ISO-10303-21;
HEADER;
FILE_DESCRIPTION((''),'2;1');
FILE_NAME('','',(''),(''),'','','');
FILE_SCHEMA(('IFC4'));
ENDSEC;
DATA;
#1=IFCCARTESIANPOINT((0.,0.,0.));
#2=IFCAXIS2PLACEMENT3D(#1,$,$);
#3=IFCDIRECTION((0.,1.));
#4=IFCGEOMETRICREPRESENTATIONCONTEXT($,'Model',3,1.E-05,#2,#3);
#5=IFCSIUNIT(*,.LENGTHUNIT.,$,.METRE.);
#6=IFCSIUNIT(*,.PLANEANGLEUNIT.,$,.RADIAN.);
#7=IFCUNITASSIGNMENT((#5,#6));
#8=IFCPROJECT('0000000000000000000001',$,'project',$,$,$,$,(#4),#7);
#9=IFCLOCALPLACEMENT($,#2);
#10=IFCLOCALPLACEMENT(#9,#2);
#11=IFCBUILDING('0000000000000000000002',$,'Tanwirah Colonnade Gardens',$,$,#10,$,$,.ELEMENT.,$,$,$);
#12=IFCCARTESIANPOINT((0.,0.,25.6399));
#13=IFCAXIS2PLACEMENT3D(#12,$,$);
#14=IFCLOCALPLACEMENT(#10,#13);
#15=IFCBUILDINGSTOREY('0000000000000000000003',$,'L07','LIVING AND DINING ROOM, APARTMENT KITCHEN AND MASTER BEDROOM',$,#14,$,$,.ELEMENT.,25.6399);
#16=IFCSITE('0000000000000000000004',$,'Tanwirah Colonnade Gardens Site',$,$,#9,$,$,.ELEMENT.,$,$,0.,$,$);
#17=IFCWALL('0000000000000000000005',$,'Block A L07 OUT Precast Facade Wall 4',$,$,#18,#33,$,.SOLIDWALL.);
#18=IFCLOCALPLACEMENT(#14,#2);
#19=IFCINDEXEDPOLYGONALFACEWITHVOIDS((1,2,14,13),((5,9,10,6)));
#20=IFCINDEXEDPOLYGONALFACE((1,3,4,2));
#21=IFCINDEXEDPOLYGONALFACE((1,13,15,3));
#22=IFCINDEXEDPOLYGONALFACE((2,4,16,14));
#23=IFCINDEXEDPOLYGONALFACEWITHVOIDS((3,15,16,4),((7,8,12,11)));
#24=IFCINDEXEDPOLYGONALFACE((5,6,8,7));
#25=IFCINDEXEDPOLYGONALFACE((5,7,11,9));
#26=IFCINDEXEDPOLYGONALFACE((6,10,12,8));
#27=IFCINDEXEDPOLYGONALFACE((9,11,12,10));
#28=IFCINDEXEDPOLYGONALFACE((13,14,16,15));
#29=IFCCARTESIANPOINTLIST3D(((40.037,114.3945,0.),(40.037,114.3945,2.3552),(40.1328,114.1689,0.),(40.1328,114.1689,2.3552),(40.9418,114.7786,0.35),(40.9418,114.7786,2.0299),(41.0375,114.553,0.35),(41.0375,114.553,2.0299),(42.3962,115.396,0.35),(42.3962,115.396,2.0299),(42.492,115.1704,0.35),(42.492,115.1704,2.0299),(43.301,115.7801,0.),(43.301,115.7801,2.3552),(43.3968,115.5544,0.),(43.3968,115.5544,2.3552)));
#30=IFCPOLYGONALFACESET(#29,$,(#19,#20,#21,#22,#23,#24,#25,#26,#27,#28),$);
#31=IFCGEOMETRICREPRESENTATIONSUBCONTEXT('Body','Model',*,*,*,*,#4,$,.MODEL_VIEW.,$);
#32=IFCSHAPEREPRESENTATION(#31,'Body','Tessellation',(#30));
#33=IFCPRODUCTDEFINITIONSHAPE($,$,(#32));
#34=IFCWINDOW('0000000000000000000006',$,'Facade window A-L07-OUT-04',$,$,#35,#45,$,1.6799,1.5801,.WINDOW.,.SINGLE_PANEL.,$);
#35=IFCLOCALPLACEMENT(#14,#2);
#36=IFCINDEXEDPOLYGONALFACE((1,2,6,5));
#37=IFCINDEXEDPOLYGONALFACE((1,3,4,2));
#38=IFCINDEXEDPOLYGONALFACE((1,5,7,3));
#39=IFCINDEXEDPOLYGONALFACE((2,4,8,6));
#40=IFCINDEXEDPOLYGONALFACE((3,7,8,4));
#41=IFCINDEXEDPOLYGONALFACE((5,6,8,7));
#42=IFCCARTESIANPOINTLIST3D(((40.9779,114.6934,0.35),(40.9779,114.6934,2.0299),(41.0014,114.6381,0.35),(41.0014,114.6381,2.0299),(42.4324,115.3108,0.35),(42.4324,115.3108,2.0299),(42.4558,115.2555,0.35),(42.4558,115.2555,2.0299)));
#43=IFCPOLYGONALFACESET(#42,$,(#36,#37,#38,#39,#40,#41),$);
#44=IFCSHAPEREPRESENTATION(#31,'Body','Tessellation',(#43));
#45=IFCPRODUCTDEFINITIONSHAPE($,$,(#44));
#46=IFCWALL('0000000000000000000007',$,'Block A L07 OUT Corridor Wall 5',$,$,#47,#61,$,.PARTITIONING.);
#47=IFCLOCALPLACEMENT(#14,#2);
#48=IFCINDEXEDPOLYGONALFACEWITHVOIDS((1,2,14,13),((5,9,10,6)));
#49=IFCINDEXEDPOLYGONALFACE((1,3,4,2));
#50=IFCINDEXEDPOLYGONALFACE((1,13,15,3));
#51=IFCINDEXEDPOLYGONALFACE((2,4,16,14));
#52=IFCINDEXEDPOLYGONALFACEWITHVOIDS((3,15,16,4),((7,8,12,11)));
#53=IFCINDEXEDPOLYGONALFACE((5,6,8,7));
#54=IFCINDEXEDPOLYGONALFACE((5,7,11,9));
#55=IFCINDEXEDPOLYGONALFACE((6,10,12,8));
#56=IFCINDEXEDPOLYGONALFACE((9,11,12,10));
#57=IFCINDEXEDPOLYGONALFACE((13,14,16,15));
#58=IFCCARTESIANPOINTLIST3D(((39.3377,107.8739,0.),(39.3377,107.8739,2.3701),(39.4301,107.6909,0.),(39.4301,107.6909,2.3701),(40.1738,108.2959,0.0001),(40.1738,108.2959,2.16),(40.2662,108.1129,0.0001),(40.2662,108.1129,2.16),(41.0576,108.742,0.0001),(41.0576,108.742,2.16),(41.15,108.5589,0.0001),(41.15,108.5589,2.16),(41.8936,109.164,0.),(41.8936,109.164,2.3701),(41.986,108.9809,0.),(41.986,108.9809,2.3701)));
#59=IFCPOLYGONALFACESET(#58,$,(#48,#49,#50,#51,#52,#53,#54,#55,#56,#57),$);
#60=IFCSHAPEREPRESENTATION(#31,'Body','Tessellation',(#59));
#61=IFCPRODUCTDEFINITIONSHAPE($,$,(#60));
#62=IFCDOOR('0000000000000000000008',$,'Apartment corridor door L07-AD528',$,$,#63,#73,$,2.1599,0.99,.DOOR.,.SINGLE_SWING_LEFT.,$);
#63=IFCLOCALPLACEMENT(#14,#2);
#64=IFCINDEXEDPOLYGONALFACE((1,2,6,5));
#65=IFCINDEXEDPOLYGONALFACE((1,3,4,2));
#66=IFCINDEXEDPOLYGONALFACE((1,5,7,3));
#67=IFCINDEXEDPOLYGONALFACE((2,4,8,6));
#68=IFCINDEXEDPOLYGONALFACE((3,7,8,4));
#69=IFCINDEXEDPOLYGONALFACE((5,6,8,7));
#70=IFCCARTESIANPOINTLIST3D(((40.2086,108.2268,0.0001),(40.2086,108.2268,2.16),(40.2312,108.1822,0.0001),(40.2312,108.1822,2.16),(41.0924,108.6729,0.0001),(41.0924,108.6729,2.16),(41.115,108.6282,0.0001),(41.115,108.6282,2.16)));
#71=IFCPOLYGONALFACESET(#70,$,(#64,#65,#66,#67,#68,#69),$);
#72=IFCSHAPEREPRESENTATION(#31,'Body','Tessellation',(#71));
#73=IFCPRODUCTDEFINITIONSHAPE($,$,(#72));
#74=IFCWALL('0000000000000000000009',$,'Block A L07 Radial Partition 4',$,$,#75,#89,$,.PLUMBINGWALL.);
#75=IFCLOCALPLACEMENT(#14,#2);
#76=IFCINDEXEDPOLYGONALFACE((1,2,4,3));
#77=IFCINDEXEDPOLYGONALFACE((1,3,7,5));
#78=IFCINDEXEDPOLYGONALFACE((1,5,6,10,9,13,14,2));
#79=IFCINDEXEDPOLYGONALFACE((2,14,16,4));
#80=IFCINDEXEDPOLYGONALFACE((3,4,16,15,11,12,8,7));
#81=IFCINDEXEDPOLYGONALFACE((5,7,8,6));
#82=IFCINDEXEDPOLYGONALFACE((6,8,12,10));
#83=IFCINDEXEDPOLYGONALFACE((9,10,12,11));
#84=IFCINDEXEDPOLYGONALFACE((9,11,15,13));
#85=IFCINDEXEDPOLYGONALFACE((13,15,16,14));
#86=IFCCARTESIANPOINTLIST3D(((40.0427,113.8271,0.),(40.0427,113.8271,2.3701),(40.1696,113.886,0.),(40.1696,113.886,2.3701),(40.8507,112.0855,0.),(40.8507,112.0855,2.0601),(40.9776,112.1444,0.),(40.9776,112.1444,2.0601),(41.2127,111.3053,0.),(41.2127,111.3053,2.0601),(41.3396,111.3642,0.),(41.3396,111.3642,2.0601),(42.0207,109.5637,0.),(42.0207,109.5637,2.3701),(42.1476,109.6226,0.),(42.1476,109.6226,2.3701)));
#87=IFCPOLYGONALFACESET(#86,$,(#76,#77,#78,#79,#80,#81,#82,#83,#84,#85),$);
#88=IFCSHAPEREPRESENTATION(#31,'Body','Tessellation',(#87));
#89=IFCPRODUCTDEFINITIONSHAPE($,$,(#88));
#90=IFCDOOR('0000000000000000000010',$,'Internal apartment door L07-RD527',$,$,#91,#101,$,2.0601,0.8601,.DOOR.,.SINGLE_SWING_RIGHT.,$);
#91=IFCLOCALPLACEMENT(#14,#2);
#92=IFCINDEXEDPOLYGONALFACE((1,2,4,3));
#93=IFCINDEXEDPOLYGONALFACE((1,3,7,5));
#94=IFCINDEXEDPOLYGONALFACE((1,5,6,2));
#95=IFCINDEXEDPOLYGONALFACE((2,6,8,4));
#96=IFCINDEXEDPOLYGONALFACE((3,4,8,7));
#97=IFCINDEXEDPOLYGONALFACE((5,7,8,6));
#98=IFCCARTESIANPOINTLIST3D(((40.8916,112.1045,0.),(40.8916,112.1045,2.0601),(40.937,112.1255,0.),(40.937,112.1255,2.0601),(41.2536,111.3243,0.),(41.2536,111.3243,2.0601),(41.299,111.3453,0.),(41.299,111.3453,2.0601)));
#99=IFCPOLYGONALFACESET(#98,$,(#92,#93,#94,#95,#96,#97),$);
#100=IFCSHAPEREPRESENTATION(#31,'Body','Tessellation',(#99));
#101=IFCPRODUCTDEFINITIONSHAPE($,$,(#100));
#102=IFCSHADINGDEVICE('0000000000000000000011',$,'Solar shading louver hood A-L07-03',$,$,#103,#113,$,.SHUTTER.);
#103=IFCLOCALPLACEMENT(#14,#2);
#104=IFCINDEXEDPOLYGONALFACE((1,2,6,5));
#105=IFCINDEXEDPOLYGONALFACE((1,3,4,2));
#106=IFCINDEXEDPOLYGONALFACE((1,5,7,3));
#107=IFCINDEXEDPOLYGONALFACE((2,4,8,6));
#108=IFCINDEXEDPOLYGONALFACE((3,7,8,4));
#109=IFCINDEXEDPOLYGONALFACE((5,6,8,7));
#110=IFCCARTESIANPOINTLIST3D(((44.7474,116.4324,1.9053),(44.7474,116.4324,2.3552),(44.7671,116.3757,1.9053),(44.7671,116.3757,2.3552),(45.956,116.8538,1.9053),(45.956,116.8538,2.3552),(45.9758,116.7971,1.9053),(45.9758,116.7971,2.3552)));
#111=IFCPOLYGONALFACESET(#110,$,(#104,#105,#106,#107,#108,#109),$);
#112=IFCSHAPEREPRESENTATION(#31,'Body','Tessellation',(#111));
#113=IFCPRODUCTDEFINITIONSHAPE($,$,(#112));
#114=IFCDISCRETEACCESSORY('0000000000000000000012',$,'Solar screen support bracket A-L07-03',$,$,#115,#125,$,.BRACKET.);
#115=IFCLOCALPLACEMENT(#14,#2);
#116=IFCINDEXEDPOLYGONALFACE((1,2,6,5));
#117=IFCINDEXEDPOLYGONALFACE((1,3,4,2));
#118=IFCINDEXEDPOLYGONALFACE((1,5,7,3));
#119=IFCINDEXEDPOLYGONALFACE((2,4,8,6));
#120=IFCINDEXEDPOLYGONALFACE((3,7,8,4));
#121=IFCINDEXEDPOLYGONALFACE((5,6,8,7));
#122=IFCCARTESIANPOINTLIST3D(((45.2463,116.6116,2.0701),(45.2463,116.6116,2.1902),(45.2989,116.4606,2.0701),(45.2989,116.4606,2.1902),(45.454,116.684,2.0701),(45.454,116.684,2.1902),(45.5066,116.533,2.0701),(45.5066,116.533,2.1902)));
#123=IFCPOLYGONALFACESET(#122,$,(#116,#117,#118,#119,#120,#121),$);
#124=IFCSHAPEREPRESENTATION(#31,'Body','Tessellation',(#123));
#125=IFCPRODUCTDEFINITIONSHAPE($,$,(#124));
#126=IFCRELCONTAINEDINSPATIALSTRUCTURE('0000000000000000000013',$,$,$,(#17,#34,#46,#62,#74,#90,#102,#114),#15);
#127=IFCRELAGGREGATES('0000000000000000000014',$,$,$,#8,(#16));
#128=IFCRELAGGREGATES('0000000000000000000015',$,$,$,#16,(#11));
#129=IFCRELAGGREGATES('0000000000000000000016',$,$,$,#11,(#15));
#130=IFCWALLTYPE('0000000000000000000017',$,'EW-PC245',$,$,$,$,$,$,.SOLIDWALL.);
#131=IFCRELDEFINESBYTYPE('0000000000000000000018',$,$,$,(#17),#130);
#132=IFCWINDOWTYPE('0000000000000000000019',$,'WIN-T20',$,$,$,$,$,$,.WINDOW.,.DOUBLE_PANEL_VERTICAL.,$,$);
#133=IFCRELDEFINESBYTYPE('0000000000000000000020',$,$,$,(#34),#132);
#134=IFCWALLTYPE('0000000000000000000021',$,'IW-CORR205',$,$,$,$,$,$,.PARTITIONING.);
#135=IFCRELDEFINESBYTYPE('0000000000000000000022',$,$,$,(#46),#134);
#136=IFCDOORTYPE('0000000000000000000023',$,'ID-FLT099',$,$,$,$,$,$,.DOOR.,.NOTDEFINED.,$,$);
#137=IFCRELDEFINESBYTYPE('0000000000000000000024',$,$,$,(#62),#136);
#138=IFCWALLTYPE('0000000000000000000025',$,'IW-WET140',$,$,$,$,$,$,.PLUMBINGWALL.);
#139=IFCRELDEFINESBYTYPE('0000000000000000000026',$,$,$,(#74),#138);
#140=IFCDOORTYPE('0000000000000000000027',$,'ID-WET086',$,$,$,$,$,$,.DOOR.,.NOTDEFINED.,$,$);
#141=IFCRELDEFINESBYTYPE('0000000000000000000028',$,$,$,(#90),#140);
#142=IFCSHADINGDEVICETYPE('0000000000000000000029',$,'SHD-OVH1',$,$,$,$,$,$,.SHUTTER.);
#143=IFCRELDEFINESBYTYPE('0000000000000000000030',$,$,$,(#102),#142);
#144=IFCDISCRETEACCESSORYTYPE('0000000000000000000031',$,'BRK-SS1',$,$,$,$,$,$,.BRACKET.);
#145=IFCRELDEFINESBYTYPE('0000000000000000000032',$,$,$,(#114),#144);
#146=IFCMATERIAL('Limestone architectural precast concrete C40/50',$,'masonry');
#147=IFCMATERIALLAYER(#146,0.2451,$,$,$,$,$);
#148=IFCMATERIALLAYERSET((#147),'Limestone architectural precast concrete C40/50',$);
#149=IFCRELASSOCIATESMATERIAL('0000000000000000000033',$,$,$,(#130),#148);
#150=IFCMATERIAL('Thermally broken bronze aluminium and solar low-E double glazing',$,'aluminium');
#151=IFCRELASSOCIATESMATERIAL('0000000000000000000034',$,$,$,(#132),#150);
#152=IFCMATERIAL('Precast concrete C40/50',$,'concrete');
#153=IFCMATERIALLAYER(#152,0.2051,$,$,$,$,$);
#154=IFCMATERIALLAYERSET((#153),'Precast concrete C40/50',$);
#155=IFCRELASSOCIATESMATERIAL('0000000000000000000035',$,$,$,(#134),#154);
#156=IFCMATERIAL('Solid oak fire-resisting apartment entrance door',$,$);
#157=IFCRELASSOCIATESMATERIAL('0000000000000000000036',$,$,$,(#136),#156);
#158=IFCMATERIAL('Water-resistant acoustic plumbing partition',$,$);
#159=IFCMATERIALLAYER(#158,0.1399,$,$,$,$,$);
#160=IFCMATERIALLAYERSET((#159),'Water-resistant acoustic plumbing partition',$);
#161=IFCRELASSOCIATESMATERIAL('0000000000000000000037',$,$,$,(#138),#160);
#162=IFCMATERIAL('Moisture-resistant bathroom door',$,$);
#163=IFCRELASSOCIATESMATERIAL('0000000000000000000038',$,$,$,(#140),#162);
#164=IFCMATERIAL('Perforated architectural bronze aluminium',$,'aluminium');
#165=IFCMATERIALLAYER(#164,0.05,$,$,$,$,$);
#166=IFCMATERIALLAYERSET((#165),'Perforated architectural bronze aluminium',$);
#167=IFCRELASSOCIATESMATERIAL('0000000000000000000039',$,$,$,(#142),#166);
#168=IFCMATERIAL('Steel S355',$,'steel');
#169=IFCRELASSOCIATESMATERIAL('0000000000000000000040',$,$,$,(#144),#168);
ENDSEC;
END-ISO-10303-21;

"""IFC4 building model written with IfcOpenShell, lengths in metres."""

from ifc_helpers import new_model, si_unit, direction, frame, frame_2d, origin, origin_2d, place, context, subcontext, project, spatial, rectangle, extrude, material, layer, layer_set, type_object, element, fill, save


model = new_model("IFC4")

# Units and contexts
model_context = context("Model", 3, precision=1e-05, world=origin(), true_north=direction((0.0, 1.0)))
body_context = subcontext(model_context, "Body", "Model", "MODEL_VIEW")
ifc_project = project(units=[si_unit("LENGTHUNIT", "METRE"), si_unit("PLANEANGLEUNIT", "RADIAN")], contexts=[model_context])

# Site, building, storey
site_placement = place(None, origin())
site = spatial("IfcSite", under=ifc_project, at=site_placement, Name="Tanwirah Colonnade Gardens Site", CompositionType="ELEMENT", RefElevation=0.0)
building_placement = place(site_placement, origin())
building = spatial("IfcBuilding", under=site, at=building_placement, Name="Tanwirah Colonnade Gardens", CompositionType="ELEMENT")
storey_placement = place(building_placement, frame((0.0, 0.0, 25.6399)))
storey = spatial("IfcBuildingStorey", under=building, at=storey_placement, Name="L07", Description="LIVING AND DINING ROOM, APARTMENT KITCHEN AND MASTER BEDROOM", CompositionType="ELEMENT", Elevation=25.6399)

# Shared definitions
ifc_material_1 = material(Name="Precast concrete C40/50", Category="concrete")

# Wall, opening, window
ifc_material_2 = material(Name="Limestone architectural precast concrete C40/50", Category="masonry")
ifc_layer_1 = layer(ifc_material_2, 0.2451)
ifc_layer_set_1 = layer_set([ifc_layer_1], Name="Limestone architectural precast concrete C40/50")
wall_type_1 = type_object("IfcWallType", Name="EW-PC245", PredefinedType="SOLIDWALL", material=ifc_layer_set_1)
wall_1_placement = place(storey_placement, frame((43.3489, 115.6672, 0.0), z_axis=(0.0, 0.0, 1.0), x_axis=(-0.9205, -0.390743, 0.0)))
wall_1 = element("IfcWall", 1, at=wall_1_placement, inside=storey, type_object=wall_type_1, Name="Block A L07 OUT Precast Facade Wall 4", PredefinedType="SOLIDWALL", context=body_context, shape_type="SweptSolid", body=[
    extrude(rectangle(XDim=3.5459, YDim=0.2451, at=frame_2d((1.7729, 0.0))), origin(), (0.0, 0.0, 1.0), 2.3552),
])
opening_1_placement = place(wall_1_placement, frame((0.9829, 0.0, 0.3501)))
opening_1 = element("IfcOpeningElement", 2, at=opening_1_placement, cuts=wall_1, PredefinedType="OPENING", context=body_context, shape_type="SweptSolid", body=[
    extrude(rectangle(XDim=1.5801, YDim=1.6799, at=frame_2d((0.79, 0.8398))), frame((0.0, 0.1326, 0.0), z_axis=(0.0, -1.0, 0.0), x_axis=(1.0, 0.0, 0.0)), (0.0, 0.0, 1.0), 0.2651),
])
ifc_material_3 = material(Name="Thermally broken bronze aluminium and solar low-E double glazing", Category="aluminium")
window_type = type_object("IfcWindowType", Name="WIN-T20", PartitioningType="DOUBLE_PANEL_VERTICAL", PredefinedType="WINDOW", material=ifc_material_3)
window_placement = place(opening_1_placement, origin())
window = element("IfcWindow", 3, at=window_placement, inside=storey, type_object=window_type, Name="Facade window A-L07-OUT-04", OverallHeight=1.6799, OverallWidth=1.5801, PartitioningType="SINGLE_PANEL", PredefinedType="WINDOW", context=body_context, shape_type="SweptSolid", body=[
    extrude(rectangle(XDim=1.5801, YDim=1.6799, at=frame_2d((0.79, 0.8398))), frame((0.0, 0.03, 0.0), z_axis=(0.0, -1.0, 0.0), x_axis=(1.0, 0.0, 0.0)), (0.0, 0.0, 1.0), 0.0601),
])
fill(opening_1, window)

# Walls, openings, doors
ifc_layer_2 = layer(ifc_material_1, 0.2051)
ifc_layer_set_2 = layer_set([ifc_layer_2], Name="Precast concrete C40/50")
wall_type_2 = type_object("IfcWallType", Name="IW-CORR205", PredefinedType="PARTITIONING", material=ifc_layer_set_2)
ifc_material_4 = material(Name="Solid oak fire-resisting apartment entrance door")
wall_2_placement = place(storey_placement, frame((41.9399, 109.0725, 0.0), z_axis=(0.0, 0.0, 1.0), x_axis=(-0.892732, -0.450587, 0.0)))
wall_2 = element("IfcWall", 4, at=wall_2_placement, inside=storey, type_object=wall_type_2, Name="Block A L07 OUT Corridor Wall 5", PredefinedType="PARTITIONING", context=body_context, shape_type="SweptSolid", body=[
    extrude(rectangle(XDim=2.863, YDim=0.2051, at=frame_2d((1.4316, 0.0))), origin(), (0.0, 0.0, 1.0), 2.3701),
])
opening_2_placement = place(wall_2_placement, frame((0.9365, 0.0, 0.0)))
opening_2 = element("IfcOpeningElement", 5, at=opening_2_placement, cuts=wall_2, PredefinedType="OPENING", context=body_context, shape_type="SweptSolid", body=[
    extrude(rectangle(XDim=0.99, YDim=2.1599, at=frame_2d((0.4951, 1.0801))), frame((0.0, 0.1125, 0.0), z_axis=(0.0, -1.0, 0.0), x_axis=(1.0, 0.0, 0.0)), (0.0, 0.0, 1.0), 0.2251),
])
door_type_1 = type_object("IfcDoorType", Name="ID-FLT099", OperationType="NOTDEFINED", PredefinedType="DOOR", material=ifc_material_4)
door_1_placement = place(opening_2_placement, origin())
door_1 = element("IfcDoor", 6, at=door_1_placement, inside=storey, type_object=door_type_1, Name="Apartment corridor door L07-AD528", OperationType="SINGLE_SWING_LEFT", OverallHeight=2.1599, OverallWidth=0.99, PredefinedType="DOOR", context=body_context, shape_type="SweptSolid", body=[
    extrude(rectangle(XDim=0.99, YDim=2.1599, at=frame_2d((0.4951, 1.0801))), frame((0.0, 0.0249, 0.0), z_axis=(0.0, -1.0, 0.0), x_axis=(1.0, 0.0, 0.0)), (0.0, 0.0, 1.0), 0.05),
])
fill(opening_2, door_1)
ifc_material_5 = material(Name="Water-resistant acoustic plumbing partition")
ifc_layer_3 = layer(ifc_material_5, 0.1399)
ifc_layer_set_3 = layer_set([ifc_layer_3], Name="Water-resistant acoustic plumbing partition")
wall_type_3 = type_object("IfcWallType", Name="IW-WET140", PredefinedType="PLUMBINGWALL", material=ifc_layer_set_3)
wall_3_placement = place(storey_placement, frame((42.0842, 109.593, 0.0), z_axis=(0.0, 0.0, 1.0), x_axis=(-0.420863, 0.907124, 0.0)))
wall_3 = element("IfcWall", 7, at=wall_3_placement, inside=storey, type_object=wall_type_3, Name="Block A L07 Radial Partition 4", PredefinedType="PLUMBINGWALL", context=body_context, shape_type="SweptSolid", body=[
    extrude(rectangle(XDim=4.7, YDim=0.1399, at=frame_2d((2.3501, 0.0))), origin(), (0.0, 0.0, 1.0), 2.3701),
])
opening_3_placement = place(wall_3_placement, frame((1.9199, 0.0, 0.0)))
opening_3 = element("IfcOpeningElement", 8, at=opening_3_placement, cuts=wall_3, PredefinedType="OPENING", context=body_context, shape_type="SweptSolid", body=[
    extrude(rectangle(XDim=0.8601, YDim=2.0601, at=frame_2d((0.4302, 1.03))), frame((0.0, 0.0798, 0.0), z_axis=(0.0, -1.0, 0.0), x_axis=(1.0, 0.0, 0.0)), (0.0, 0.0, 1.0), 0.1599),
])
ifc_material_6 = material(Name="Moisture-resistant bathroom door")
door_type_2 = type_object("IfcDoorType", Name="ID-WET086", OperationType="NOTDEFINED", PredefinedType="DOOR", material=ifc_material_6)
door_2_placement = place(opening_3_placement, origin())
door_2 = element("IfcDoor", 9, at=door_2_placement, inside=storey, type_object=door_type_2, Name="Internal apartment door L07-RD527", OperationType="SINGLE_SWING_RIGHT", OverallHeight=2.0601, OverallWidth=0.8601, PredefinedType="DOOR", context=body_context, shape_type="SweptSolid", body=[
    extrude(rectangle(XDim=0.8601, YDim=2.0601, at=frame_2d((0.4302, 1.03))), frame((0.0, 0.0249, 0.0), z_axis=(0.0, -1.0, 0.0), x_axis=(1.0, 0.0, 0.0)), (0.0, 0.0, 1.0), 0.05),
])
fill(opening_3, door_2)

# Shading device
ifc_material_7 = material(Name="Perforated architectural bronze aluminium", Category="aluminium")
ifc_layer_4 = layer(ifc_material_7, 0.05)
ifc_layer_set_4 = layer_set([ifc_layer_4], Name="Perforated architectural bronze aluminium")
shading_device_type = type_object("IfcShadingDeviceType", Name="SHD-OVH1", PredefinedType="SHUTTER", material=ifc_layer_set_4)
shading_device_placement = place(storey_placement, frame((45.3616, 116.6147, 1.9053), z_axis=(0.0, 0.0, 1.0), x_axis=(-0.944249, -0.329233, 0.0)))
element("IfcShadingDevice", 10, at=shading_device_placement, inside=storey, type_object=shading_device_type, Name="Solar shading louver hood A-L07-03", PredefinedType="SHUTTER", context=body_context, shape_type="SweptSolid", body=[
    extrude(rectangle(XDim=1.28, YDim=0.0601, at=origin_2d()), origin(), (0.0, 0.0, 1.0), 0.45),
])

# Discrete accessory
ifc_material_8 = material(Name="Steel S355", Category="steel")
discrete_accessory_type = type_object("IfcDiscreteAccessoryType", Name="BRK-SS1", PredefinedType="BRACKET", material=ifc_material_8)
discrete_accessory_placement = place(storey_placement, frame((45.3765, 116.5723, 2.0701), z_axis=(0.0, 0.0, 1.0), x_axis=(-0.944249, -0.329233, 0.0)))
element("IfcDiscreteAccessory", 11, at=discrete_accessory_placement, inside=storey, type_object=discrete_accessory_type, Name="Solar screen support bracket A-L07-03", PredefinedType="BRACKET", context=body_context, shape_type="SweptSolid", body=[
    extrude(rectangle(XDim=0.22, YDim=0.1599, at=origin_2d()), origin(), (0.0, 0.0, 1.0), 0.1201),
])

save(model, "model.ifc")
